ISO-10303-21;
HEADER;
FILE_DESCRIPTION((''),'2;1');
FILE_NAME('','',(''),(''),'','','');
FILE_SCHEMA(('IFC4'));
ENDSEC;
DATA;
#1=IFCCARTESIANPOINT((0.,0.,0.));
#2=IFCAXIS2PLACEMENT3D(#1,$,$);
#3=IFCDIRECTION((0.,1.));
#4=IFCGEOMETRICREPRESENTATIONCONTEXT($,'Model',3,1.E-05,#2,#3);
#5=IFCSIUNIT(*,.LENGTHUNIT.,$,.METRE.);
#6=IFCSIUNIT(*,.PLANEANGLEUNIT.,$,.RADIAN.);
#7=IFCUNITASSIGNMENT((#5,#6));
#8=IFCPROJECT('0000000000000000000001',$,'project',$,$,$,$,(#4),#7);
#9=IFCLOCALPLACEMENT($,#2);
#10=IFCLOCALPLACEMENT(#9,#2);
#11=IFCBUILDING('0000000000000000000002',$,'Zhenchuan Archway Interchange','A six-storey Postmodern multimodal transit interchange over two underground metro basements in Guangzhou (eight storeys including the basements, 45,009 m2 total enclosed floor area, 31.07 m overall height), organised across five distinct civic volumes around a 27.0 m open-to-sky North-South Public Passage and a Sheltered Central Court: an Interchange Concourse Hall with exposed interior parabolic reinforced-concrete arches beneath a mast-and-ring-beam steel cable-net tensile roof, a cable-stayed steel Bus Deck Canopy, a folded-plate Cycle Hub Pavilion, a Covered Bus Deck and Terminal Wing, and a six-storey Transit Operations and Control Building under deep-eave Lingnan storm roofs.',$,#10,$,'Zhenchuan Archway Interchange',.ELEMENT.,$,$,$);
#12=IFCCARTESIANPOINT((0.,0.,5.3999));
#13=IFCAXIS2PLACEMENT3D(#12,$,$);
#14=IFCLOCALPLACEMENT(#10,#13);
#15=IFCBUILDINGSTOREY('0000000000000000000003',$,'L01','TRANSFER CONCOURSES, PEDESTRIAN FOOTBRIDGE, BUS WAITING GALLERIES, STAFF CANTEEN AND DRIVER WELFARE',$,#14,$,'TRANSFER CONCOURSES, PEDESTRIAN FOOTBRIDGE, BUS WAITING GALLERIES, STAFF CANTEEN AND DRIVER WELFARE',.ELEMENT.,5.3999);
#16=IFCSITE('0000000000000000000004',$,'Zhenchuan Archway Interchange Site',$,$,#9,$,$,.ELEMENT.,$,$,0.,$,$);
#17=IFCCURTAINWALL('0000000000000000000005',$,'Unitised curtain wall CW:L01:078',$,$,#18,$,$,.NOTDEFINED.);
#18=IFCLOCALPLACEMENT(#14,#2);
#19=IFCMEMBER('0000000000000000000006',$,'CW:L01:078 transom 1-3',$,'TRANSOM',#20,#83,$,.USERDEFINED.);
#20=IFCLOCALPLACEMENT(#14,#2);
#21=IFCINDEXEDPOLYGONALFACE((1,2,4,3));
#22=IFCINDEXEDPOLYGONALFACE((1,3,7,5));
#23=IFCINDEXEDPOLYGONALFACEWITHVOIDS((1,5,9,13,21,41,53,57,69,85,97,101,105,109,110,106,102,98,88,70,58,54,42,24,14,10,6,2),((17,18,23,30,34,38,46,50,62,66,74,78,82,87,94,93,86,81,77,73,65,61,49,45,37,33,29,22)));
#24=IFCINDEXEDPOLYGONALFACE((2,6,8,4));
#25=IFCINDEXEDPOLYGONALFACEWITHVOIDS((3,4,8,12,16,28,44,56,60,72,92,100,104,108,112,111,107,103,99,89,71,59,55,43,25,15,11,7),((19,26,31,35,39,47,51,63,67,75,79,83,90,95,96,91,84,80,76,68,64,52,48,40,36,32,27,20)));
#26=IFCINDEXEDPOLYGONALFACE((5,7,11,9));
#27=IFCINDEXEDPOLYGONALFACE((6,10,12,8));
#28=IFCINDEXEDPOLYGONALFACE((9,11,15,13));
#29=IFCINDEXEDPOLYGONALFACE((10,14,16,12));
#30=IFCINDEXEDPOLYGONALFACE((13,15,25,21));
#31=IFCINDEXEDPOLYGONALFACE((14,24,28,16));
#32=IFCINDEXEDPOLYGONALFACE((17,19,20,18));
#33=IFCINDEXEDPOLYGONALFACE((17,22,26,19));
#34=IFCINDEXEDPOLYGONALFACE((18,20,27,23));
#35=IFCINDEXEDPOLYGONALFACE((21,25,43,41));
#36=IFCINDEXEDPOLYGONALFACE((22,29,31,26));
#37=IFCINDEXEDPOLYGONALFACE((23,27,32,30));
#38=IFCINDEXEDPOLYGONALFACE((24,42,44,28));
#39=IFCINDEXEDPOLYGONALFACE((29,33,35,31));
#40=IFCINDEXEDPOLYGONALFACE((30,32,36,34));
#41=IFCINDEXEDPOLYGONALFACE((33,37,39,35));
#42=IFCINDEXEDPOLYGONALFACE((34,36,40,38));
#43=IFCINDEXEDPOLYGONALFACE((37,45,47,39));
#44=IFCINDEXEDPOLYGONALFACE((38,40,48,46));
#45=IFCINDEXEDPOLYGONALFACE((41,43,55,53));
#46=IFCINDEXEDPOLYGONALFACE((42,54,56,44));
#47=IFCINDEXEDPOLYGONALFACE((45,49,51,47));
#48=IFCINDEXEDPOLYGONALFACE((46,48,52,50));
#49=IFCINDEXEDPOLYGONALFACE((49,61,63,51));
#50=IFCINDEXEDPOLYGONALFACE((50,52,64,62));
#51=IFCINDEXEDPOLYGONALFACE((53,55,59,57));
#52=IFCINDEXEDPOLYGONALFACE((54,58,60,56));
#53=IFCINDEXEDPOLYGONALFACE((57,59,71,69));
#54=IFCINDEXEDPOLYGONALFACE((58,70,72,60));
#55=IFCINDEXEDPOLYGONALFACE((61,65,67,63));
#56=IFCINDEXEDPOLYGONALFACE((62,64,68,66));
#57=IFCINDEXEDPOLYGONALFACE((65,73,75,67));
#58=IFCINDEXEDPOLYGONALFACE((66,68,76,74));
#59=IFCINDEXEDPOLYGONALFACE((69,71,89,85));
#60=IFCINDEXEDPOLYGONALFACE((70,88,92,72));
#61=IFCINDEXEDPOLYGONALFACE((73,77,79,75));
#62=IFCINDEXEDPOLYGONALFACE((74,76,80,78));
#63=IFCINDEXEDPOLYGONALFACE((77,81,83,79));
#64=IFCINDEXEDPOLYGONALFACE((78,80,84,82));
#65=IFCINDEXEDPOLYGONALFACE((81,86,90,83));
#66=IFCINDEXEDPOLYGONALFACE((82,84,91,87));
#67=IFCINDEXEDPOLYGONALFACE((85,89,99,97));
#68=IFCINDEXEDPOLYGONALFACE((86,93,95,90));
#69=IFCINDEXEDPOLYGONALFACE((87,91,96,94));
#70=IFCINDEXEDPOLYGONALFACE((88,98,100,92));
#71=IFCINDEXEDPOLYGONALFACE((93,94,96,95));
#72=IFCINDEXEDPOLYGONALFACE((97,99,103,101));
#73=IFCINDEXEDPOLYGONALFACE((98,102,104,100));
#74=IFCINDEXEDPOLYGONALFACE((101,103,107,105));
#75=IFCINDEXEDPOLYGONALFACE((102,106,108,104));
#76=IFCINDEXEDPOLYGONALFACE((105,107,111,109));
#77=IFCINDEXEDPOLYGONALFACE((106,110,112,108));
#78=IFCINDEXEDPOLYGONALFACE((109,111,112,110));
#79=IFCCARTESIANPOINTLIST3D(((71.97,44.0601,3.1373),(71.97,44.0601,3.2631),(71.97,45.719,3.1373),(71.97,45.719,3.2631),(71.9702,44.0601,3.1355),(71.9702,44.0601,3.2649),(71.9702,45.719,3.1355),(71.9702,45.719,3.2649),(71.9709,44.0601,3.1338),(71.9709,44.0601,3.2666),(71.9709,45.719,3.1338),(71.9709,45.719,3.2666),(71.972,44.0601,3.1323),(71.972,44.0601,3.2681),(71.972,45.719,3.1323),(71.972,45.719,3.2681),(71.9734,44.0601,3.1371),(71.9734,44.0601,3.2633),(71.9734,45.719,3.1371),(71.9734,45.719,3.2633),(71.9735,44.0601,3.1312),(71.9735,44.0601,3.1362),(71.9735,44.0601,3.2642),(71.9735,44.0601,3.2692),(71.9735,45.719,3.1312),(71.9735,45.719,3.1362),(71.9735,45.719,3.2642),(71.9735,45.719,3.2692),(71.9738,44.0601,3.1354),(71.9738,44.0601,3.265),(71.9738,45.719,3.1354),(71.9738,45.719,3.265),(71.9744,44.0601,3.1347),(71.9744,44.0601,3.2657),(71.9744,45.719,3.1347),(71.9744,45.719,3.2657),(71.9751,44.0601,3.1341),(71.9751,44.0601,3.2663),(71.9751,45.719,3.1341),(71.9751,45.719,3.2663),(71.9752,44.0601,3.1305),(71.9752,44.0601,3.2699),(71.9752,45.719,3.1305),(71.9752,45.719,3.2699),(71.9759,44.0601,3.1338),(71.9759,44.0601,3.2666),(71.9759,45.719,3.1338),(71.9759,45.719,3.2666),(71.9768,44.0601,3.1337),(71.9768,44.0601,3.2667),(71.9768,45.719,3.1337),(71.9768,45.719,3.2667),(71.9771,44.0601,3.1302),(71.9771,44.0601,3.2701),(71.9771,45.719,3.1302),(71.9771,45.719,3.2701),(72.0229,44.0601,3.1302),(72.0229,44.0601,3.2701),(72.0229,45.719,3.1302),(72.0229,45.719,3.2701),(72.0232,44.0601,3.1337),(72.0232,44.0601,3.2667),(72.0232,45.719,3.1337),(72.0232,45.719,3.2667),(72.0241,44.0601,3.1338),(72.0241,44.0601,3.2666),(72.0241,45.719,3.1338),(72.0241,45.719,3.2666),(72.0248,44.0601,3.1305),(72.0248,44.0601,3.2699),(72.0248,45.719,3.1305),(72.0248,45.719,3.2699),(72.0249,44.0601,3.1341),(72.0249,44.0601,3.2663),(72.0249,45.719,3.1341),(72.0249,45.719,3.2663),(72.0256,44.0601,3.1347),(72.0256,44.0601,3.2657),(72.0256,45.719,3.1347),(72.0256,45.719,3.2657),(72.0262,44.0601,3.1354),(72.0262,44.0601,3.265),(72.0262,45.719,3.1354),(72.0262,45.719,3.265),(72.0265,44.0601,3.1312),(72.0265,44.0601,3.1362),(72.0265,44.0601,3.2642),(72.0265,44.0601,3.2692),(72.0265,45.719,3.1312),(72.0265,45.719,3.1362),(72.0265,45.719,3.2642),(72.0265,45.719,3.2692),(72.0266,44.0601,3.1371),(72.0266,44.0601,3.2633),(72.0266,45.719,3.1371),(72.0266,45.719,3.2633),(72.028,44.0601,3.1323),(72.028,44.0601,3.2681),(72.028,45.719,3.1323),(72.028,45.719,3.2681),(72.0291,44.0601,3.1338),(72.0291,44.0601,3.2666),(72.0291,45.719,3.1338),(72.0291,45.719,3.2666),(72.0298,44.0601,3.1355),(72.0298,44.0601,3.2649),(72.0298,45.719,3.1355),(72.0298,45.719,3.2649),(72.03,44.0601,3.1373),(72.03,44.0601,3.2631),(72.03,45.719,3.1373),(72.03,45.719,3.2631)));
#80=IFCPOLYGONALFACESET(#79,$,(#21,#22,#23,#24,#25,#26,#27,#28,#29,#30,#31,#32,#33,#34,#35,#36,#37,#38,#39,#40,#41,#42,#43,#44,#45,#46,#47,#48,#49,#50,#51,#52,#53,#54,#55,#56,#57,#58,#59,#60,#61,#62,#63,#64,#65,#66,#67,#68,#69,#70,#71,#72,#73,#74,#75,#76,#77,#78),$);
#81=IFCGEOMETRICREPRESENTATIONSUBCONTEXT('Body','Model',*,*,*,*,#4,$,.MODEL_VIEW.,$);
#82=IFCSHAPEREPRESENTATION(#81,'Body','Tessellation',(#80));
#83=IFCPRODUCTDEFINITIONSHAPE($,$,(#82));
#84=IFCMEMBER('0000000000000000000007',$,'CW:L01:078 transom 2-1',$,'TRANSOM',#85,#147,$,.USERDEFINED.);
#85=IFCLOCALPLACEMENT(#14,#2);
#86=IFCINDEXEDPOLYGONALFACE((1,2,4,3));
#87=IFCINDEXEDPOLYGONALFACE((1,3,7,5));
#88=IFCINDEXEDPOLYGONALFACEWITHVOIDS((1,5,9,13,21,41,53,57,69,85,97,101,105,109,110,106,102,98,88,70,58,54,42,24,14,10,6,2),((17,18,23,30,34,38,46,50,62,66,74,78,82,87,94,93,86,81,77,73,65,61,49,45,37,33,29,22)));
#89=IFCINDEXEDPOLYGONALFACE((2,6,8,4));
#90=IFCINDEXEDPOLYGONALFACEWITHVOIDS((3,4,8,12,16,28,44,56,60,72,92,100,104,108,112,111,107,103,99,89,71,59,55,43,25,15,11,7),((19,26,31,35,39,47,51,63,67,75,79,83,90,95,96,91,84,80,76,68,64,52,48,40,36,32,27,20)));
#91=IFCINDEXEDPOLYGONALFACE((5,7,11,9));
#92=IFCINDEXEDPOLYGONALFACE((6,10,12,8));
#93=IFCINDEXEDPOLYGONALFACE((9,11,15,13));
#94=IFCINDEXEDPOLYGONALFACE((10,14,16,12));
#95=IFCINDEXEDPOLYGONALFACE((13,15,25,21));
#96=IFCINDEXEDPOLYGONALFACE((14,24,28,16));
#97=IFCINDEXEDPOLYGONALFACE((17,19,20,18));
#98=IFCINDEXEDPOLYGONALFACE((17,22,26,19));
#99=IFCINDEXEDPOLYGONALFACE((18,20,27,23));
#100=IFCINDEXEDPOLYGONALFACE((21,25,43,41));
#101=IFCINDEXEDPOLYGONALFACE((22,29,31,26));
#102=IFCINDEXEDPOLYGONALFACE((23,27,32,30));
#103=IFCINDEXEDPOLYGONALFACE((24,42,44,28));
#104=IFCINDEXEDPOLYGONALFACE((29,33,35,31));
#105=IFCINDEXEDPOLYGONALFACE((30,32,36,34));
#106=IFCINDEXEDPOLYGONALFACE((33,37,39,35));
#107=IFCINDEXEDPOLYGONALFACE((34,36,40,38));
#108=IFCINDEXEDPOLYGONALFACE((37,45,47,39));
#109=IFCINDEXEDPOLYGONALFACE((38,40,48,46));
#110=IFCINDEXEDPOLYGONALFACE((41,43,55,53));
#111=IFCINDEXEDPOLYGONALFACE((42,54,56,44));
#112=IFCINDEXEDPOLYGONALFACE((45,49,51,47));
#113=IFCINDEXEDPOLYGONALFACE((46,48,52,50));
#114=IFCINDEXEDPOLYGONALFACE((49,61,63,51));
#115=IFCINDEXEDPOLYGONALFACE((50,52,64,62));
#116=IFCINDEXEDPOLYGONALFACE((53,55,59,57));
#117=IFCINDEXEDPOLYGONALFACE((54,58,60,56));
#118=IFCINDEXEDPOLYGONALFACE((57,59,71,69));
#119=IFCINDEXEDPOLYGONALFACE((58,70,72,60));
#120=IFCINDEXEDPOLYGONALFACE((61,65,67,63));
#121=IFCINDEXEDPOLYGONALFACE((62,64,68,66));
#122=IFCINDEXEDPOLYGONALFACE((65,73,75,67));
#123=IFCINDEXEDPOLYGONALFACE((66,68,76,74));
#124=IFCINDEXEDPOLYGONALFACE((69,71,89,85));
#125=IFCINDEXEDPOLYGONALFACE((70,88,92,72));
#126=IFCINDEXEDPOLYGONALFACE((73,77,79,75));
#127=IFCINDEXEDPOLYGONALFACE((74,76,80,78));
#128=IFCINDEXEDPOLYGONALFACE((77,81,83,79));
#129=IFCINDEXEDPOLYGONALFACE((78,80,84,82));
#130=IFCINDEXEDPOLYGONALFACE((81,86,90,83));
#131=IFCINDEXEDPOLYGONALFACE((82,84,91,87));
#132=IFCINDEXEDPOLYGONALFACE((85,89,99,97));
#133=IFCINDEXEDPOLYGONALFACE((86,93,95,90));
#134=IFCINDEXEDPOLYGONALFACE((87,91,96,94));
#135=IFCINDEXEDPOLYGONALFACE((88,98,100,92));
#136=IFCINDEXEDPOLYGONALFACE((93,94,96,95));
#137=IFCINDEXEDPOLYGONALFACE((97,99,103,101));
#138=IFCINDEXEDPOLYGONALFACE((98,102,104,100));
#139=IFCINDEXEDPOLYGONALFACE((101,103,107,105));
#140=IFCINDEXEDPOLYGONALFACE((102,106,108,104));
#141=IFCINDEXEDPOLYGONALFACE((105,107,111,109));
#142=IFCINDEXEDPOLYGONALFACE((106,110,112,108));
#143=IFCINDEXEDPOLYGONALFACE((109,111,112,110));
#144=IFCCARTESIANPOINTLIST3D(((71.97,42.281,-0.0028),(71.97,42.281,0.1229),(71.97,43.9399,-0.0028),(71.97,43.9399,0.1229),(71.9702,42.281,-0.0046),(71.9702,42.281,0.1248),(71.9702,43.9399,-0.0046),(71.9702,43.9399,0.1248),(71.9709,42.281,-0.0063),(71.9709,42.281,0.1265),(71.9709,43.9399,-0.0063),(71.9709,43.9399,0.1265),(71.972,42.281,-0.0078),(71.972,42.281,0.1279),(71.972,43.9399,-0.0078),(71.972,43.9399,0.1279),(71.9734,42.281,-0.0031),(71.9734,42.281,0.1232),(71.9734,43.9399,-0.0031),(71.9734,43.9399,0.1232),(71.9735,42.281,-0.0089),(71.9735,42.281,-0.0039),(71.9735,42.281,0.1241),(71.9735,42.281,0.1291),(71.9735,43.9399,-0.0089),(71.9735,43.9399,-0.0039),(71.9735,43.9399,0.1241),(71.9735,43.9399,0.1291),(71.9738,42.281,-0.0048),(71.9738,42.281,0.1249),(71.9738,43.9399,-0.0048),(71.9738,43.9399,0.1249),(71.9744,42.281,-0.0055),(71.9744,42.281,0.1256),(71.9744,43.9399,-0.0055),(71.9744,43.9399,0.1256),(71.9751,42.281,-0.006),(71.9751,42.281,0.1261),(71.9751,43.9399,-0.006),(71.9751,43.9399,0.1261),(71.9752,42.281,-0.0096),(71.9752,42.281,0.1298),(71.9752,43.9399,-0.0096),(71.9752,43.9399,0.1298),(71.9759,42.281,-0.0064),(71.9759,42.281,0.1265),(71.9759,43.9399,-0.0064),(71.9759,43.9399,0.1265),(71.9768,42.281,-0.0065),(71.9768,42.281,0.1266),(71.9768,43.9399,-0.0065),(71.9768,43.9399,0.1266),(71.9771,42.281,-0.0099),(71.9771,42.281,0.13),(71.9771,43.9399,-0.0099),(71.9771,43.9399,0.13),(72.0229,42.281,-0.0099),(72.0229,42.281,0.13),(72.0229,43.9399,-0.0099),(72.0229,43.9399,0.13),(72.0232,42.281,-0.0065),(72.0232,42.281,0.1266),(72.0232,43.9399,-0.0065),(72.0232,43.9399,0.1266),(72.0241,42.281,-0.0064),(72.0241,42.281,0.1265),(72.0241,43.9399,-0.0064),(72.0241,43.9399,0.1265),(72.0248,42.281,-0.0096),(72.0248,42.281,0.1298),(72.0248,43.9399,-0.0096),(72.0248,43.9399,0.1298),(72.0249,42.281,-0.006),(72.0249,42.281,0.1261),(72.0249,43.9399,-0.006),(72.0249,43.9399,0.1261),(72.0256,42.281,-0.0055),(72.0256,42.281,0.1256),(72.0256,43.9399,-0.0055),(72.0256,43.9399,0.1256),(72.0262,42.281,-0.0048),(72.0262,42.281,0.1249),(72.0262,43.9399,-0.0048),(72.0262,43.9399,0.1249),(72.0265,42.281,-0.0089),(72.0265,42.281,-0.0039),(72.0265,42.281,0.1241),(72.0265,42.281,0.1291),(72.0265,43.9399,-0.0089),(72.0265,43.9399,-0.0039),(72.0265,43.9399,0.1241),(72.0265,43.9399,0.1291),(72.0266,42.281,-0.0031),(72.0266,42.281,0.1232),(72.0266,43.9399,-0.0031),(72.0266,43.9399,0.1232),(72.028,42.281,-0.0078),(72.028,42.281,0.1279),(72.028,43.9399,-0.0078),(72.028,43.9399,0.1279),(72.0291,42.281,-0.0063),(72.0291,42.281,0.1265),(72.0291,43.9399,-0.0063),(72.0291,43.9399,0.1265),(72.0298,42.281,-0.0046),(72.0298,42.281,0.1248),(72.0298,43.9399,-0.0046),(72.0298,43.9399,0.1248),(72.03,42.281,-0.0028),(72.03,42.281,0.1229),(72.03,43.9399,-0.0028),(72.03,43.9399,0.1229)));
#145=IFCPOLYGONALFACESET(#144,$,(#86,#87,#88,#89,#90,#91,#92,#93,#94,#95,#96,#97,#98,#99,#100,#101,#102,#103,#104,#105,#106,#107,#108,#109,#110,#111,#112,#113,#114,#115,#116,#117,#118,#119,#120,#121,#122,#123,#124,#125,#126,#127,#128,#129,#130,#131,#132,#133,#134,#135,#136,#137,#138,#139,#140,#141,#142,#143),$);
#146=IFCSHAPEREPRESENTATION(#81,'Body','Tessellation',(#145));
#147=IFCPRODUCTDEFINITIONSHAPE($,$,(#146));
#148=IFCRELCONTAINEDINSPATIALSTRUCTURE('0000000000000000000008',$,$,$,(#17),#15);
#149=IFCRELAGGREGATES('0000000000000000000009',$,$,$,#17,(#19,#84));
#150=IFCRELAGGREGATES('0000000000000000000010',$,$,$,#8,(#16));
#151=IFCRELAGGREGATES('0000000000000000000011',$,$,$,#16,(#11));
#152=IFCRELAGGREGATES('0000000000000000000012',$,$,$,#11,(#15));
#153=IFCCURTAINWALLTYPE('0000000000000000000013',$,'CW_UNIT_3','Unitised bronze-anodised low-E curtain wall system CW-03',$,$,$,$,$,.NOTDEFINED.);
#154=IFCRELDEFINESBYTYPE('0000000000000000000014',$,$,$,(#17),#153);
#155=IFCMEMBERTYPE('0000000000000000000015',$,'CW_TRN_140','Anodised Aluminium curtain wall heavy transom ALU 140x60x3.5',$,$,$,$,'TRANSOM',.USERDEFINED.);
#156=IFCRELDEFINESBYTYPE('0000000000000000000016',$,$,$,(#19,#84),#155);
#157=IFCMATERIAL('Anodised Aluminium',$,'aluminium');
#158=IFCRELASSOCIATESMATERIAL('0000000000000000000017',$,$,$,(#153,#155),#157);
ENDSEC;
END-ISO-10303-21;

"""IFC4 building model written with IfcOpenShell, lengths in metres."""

from ifc_helpers import new_model, si_unit, direction, frame, origin, origin_2d, place, context, subcontext, project, spatial, hollow_rectangle, extrude, material, material_profile, profile_set, type_object, element, aggregate, save


model = new_model("IFC4")

# Units and contexts
model_context = context("Model", 3, precision=1e-05, world=origin(), true_north=direction((0.0, 1.0)))
body_context = subcontext(model_context, "Body", "Model", "MODEL_VIEW")
ifc_project = project(units=[si_unit("LENGTHUNIT", "METRE"), si_unit("PLANEANGLEUNIT", "RADIAN")], contexts=[model_context])

# Site, building, storey
site_placement = place(None, origin())
site = spatial("IfcSite", under=ifc_project, at=site_placement, Name="Zhenchuan Archway Interchange Site", CompositionType="ELEMENT", RefElevation=0.0)
building_placement = place(site_placement, origin())
building = spatial("IfcBuilding", under=site, at=building_placement, Name="Zhenchuan Archway Interchange", Description="A six-storey Postmodern multimodal transit interchange over two underground metro basements in Guangzhou (eight storeys including the basements, 45,009 m2 total enclosed floor area, 31.07 m overall height), organised across five distinct civic volumes around a 27.0 m open-to-sky North-South Public Passage and a Sheltered Central Court: an Interchange Concourse Hall with exposed interior parabolic reinforced-concrete arches beneath a mast-and-ring-beam steel cable-net tensile roof, a cable-stayed steel Bus Deck Canopy, a folded-plate Cycle Hub Pavilion, a Covered Bus Deck and Terminal Wing, and a six-storey Transit Operations and Control Building under deep-eave Lingnan storm roofs.", LongName="Zhenchuan Archway Interchange", CompositionType="ELEMENT")
storey_placement = place(building_placement, frame((0.0, 0.0, 5.3999)))
storey = spatial("IfcBuildingStorey", under=building, at=storey_placement, Name="L01", Description="TRANSFER CONCOURSES, PEDESTRIAN FOOTBRIDGE, BUS WAITING GALLERIES, STAFF CANTEEN AND DRIVER WELFARE", LongName="TRANSFER CONCOURSES, PEDESTRIAN FOOTBRIDGE, BUS WAITING GALLERIES, STAFF CANTEEN AND DRIVER WELFARE", CompositionType="ELEMENT", Elevation=5.3999)

# Curtain wall, members
ifc_material_1 = material(Name="Anodised Aluminium", Category="aluminium")
curtain_wall_type = type_object("IfcCurtainWallType", Name="CW_UNIT_3", Description="Unitised bronze-anodised low-E curtain wall system CW-03", PredefinedType="NOTDEFINED", material=ifc_material_1)
curtain_wall_placement = place(storey_placement, origin())
curtain_wall = element("IfcCurtainWall", 1, at=curtain_wall_placement, inside=storey, type_object=curtain_wall_type, Name="Unitised curtain wall CW:L01:078", PredefinedType="NOTDEFINED")
ifc_material_profile_1 = material_profile(ifc_material_1, hollow_rectangle(XDim=0.0601, YDim=0.1399, WallThickness=0.0034, InnerFilletRadius=0.0034, OuterFilletRadius=0.0071, at=origin_2d()), Name="ALU 140x60x3.5")
ifc_profile_set_1 = profile_set([ifc_material_profile_1], Name="Anodised Aluminium")
member_type_1 = type_object("IfcMemberType", Name="CW_TRN_140", Description="Anodised Aluminium curtain wall heavy transom ALU 140x60x3.5", ElementType="TRANSOM", PredefinedType="USERDEFINED", material=ifc_profile_set_1)
member_1_placement = place(storey_placement, frame((72.0, 45.719, 3.2002), z_axis=(0.0, -1.0, 0.0), x_axis=(1.0, 0.0, 0.0)))
member_1 = element("IfcMember", 2, at=member_1_placement, type_object=member_type_1, Name="CW:L01:078 transom 1-3", ObjectType="TRANSOM", PredefinedType="USERDEFINED", context=body_context, shape_type="SweptSolid", body=[
    extrude(hollow_rectangle(XDim=0.0601, YDim=0.1399, WallThickness=0.0034, InnerFilletRadius=0.0034, OuterFilletRadius=0.0071, at=origin_2d()), origin(), (0.0, 0.0, 1.0), 1.6589),
])
member_2_placement = place(storey_placement, frame((72.0, 43.9399, 0.0601), z_axis=(0.0, -1.0, 0.0), x_axis=(1.0, 0.0, 0.0)))
member_2 = element("IfcMember", 3, at=member_2_placement, type_object=member_type_1, Name="CW:L01:078 transom 2-1", ObjectType="TRANSOM", PredefinedType="USERDEFINED", context=body_context, shape_type="SweptSolid", body=[
    extrude(hollow_rectangle(XDim=0.0601, YDim=0.1399, WallThickness=0.0034, InnerFilletRadius=0.0034, OuterFilletRadius=0.0071, at=origin_2d()), origin(), (0.0, 0.0, 1.0), 1.6589),
])

aggregate(curtain_wall, [member_1, member_2])

save(model, "model.ifc")
